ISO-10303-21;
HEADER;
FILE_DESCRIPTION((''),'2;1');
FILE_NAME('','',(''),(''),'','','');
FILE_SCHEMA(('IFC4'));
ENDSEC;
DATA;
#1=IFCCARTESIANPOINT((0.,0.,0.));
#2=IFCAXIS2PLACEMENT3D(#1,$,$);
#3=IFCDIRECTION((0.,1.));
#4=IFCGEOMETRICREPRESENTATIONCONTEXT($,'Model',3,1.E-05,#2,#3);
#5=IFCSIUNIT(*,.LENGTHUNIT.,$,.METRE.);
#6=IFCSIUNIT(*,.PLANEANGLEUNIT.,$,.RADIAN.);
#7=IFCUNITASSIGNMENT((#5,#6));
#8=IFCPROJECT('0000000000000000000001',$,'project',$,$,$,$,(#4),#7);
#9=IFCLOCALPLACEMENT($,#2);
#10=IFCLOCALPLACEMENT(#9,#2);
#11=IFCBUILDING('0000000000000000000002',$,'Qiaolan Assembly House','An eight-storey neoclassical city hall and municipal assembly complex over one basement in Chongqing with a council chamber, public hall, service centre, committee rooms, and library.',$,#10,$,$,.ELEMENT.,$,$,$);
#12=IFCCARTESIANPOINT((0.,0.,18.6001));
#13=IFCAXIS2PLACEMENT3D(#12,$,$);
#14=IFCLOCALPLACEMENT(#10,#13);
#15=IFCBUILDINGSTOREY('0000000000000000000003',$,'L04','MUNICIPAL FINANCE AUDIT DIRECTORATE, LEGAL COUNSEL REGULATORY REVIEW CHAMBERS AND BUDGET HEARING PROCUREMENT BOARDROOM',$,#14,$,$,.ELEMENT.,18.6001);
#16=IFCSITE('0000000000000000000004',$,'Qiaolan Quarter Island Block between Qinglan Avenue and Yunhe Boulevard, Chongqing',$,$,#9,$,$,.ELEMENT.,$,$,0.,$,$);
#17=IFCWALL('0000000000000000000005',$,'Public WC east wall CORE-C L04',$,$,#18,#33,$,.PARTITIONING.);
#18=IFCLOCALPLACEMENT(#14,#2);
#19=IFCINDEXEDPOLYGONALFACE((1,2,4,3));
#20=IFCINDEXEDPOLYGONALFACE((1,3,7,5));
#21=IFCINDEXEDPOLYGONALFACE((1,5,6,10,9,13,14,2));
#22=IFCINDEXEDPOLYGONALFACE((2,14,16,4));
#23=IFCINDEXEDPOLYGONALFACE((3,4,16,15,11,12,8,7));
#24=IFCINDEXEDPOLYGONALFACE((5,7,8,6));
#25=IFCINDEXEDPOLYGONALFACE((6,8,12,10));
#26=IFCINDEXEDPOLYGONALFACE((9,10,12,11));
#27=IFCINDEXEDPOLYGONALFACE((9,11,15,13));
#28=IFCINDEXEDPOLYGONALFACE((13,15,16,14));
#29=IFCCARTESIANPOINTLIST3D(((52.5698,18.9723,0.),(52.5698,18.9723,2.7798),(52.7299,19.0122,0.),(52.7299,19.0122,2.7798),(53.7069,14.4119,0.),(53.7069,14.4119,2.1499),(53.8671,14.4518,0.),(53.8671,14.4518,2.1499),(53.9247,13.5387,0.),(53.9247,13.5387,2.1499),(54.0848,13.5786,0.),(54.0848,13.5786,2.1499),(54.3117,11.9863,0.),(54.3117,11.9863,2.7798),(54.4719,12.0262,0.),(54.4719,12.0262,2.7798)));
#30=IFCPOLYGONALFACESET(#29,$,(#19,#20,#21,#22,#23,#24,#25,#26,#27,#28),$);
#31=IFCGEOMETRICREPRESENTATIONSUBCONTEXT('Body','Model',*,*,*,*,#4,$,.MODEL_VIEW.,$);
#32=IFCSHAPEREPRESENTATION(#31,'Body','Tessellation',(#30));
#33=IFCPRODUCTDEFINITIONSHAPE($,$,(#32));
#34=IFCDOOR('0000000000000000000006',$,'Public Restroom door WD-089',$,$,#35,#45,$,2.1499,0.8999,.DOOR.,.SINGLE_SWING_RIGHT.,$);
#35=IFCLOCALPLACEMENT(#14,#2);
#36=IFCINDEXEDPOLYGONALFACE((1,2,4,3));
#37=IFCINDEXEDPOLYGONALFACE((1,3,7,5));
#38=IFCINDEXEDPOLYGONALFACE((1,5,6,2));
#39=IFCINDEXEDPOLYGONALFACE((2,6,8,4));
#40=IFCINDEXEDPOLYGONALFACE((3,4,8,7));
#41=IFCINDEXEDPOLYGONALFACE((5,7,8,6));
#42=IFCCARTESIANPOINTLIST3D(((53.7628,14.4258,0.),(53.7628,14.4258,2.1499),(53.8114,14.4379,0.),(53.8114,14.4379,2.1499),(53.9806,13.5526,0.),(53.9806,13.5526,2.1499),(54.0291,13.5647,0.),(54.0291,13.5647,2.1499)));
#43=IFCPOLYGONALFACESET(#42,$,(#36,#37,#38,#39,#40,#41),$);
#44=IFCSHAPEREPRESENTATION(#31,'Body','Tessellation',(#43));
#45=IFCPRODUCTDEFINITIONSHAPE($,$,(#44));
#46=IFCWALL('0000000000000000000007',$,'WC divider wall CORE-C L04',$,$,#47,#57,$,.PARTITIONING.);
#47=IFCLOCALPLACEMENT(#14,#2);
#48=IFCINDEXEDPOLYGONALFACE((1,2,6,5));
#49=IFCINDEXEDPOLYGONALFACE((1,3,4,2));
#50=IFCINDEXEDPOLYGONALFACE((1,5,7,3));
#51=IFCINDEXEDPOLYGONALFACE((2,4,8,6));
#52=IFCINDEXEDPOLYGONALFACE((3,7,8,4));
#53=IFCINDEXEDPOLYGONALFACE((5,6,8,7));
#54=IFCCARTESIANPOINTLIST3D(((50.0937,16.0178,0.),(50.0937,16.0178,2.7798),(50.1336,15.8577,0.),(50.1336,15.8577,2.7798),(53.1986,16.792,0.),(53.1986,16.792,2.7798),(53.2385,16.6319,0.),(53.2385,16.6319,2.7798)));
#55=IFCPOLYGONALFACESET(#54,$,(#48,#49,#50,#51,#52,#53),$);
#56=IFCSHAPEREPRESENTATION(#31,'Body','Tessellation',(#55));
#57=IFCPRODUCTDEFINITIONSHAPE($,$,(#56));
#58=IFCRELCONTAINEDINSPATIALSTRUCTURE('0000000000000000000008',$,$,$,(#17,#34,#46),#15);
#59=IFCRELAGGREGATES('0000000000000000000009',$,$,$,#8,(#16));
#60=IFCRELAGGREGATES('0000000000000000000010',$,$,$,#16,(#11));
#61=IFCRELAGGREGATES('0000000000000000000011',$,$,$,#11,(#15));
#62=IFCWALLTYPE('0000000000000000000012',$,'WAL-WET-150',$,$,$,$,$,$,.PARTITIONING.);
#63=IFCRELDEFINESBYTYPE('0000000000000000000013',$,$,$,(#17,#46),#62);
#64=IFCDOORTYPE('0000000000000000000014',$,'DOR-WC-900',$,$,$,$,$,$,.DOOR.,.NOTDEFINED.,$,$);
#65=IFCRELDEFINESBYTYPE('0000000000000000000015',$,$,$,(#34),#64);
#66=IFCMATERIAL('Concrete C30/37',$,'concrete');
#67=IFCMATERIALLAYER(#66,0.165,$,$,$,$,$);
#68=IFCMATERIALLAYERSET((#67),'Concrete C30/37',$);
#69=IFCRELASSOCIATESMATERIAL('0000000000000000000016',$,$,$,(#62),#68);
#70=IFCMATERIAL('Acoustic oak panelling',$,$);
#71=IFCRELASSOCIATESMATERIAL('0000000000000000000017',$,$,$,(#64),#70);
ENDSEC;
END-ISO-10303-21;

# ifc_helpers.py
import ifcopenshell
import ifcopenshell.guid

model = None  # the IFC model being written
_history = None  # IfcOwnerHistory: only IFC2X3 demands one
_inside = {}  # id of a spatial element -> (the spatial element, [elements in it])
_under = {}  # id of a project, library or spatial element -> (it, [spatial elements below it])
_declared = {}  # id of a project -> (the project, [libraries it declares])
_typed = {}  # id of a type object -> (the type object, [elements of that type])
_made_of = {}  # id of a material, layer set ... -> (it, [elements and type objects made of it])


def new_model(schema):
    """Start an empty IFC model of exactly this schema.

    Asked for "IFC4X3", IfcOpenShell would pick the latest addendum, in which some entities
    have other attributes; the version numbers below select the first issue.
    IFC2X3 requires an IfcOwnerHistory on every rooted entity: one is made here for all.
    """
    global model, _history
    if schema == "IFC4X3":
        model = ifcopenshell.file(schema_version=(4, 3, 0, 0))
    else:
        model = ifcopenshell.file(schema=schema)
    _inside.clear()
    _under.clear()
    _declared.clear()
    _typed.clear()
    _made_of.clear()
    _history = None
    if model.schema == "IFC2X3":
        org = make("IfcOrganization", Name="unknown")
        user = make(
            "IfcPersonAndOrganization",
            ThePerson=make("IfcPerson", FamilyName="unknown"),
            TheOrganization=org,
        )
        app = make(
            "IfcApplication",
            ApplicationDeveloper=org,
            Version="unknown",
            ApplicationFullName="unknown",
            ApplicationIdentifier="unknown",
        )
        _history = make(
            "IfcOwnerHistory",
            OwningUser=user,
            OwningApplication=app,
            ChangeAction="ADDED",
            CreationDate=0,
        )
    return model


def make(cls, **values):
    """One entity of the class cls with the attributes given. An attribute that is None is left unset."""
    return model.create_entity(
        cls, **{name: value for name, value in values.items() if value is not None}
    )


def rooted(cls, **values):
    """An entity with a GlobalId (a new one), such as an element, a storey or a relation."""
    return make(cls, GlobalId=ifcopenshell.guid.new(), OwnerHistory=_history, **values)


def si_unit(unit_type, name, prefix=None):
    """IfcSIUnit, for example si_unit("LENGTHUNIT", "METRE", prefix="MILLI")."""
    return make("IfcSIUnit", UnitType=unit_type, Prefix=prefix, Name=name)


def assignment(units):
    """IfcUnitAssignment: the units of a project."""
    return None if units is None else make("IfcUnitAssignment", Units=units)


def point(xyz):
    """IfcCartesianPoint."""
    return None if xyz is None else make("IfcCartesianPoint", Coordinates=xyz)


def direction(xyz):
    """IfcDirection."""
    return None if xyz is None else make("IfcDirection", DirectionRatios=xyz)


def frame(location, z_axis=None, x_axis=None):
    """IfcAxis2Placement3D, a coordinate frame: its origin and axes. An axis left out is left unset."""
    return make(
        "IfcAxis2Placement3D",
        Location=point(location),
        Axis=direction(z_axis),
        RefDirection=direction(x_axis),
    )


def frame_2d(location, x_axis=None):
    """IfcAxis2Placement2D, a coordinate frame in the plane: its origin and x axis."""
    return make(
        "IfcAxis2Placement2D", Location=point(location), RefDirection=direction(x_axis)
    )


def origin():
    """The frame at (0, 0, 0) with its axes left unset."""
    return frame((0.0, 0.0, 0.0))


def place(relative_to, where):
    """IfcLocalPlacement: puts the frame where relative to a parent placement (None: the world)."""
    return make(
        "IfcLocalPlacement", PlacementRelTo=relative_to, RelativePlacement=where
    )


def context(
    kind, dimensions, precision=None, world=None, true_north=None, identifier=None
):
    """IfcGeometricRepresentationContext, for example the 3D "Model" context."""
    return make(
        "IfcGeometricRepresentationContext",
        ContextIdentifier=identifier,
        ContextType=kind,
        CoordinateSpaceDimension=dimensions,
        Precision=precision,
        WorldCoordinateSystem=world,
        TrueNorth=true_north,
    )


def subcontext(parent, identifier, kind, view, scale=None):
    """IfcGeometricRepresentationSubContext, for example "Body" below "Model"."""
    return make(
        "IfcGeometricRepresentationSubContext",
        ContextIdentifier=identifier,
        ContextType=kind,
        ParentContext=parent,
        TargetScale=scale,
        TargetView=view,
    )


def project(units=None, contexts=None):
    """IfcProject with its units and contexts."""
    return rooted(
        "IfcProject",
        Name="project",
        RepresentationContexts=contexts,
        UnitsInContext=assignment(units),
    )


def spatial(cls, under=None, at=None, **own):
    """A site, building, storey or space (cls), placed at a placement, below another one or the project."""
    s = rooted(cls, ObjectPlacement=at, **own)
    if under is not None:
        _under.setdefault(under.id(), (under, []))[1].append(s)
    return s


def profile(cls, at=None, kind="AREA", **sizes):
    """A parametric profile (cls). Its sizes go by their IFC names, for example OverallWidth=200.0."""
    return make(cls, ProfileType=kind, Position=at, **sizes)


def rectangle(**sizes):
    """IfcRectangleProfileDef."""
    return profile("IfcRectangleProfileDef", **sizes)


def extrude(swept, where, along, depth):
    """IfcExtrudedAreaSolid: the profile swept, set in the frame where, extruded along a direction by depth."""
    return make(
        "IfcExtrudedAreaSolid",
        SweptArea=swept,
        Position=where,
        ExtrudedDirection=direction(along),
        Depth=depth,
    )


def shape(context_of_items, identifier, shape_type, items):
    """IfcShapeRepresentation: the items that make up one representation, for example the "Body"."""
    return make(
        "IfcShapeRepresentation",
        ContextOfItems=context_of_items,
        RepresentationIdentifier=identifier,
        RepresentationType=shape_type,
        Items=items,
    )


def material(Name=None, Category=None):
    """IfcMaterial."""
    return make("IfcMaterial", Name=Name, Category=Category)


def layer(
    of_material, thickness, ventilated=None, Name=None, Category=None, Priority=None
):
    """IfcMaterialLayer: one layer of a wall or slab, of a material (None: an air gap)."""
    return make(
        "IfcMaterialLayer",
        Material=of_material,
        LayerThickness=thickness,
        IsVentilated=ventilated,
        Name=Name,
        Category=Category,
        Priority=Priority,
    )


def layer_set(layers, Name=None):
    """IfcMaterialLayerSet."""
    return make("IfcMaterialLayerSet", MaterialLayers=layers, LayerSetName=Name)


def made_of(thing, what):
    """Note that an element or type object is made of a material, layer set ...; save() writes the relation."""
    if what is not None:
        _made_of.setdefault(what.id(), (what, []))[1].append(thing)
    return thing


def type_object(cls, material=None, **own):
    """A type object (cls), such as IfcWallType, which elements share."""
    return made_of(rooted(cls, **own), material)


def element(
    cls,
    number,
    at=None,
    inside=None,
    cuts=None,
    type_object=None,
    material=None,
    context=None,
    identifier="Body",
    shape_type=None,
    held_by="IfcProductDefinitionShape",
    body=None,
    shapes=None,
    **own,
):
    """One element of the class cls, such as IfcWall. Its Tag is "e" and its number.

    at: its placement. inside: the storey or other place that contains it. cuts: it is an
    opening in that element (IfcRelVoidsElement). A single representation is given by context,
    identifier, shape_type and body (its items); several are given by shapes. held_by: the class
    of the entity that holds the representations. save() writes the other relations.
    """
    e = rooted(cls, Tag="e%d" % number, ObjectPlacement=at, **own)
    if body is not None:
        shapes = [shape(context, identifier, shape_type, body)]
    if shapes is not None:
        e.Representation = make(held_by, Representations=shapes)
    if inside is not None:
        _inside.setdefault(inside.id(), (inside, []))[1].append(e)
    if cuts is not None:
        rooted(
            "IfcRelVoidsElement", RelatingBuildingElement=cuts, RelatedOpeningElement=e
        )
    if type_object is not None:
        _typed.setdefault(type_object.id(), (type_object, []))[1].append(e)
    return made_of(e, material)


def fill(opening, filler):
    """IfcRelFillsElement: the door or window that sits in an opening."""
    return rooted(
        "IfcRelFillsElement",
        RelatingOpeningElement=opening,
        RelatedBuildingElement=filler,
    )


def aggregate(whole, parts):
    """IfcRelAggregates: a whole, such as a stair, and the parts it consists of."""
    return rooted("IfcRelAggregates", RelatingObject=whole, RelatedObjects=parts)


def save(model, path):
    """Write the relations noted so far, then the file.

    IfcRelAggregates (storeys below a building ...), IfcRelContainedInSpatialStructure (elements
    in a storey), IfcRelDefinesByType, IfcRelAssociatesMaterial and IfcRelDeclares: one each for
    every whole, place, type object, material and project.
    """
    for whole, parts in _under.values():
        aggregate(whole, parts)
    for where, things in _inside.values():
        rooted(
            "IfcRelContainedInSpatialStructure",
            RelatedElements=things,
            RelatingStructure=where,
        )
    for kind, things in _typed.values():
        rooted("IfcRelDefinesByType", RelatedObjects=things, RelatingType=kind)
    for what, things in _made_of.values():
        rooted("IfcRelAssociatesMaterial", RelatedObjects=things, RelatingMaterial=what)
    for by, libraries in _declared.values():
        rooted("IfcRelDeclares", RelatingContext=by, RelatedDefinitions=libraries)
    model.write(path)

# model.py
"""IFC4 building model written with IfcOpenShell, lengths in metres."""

from ifc_helpers import new_model, si_unit, direction, frame, frame_2d, origin, place, context, subcontext, project, spatial, rectangle, extrude, material, layer, layer_set, type_object, element, fill, save


model = new_model("IFC4")

# Units and contexts
model_context = context("Model", 3, precision=1e-05, world=origin(), true_north=direction((0.0, 1.0)))
body_context = subcontext(model_context, "Body", "Model", "MODEL_VIEW")
ifc_project = project(units=[si_unit("LENGTHUNIT", "METRE"), si_unit("PLANEANGLEUNIT", "RADIAN")], contexts=[model_context])

# Site, building, storey
site_placement = place(None, origin())
site = spatial("IfcSite", under=ifc_project, at=site_placement, Name="Qiaolan Quarter Island Block between Qinglan Avenue and Yunhe Boulevard, Chongqing", CompositionType="ELEMENT", RefElevation=0.0)
building_placement = place(site_placement, origin())
building = spatial("IfcBuilding", under=site, at=building_placement, Name="Qiaolan Assembly House", Description="An eight-storey neoclassical city hall and municipal assembly complex over one basement in Chongqing with a council chamber, public hall, service centre, committee rooms, and library.", CompositionType="ELEMENT")
storey_placement = place(building_placement, frame((0.0, 0.0, 18.6001)))
storey = spatial("IfcBuildingStorey", under=building, at=storey_placement, Name="L04", Description="MUNICIPAL FINANCE AUDIT DIRECTORATE, LEGAL COUNSEL REGULATORY REVIEW CHAMBERS AND BUDGET HEARING PROCUREMENT BOARDROOM", CompositionType="ELEMENT", Elevation=18.6001)

# Shared definitions
ifc_material_1 = material(Name="Acoustic oak panelling")

# Wall, opening, door
ifc_material_2 = material(Name="Concrete C30/37", Category="concrete")
ifc_layer_1 = layer(ifc_material_2, 0.165)
ifc_layer_set_1 = layer_set([ifc_layer_1], Name="Concrete C30/37")
wall_type_1 = type_object("IfcWallType", Name="WAL-WET-150", PredefinedType="PARTITIONING", material=ifc_layer_set_1)
wall_1_placement = place(storey_placement, frame((54.3918, 12.0061, 0.0), z_axis=(0.0, 0.0, 1.0), x_axis=(-0.241937, 0.970292, 0.0)))
wall_1 = element("IfcWall", 1, at=wall_1_placement, inside=storey, type_object=wall_type_1, Name="Public WC east wall CORE-C L04", PredefinedType="PARTITIONING", context=body_context, shape_type="SweptSolid", body=[
    extrude(rectangle(XDim=7.2, YDim=0.165, at=frame_2d((3.6001, 0.0))), origin(), (0.0, 0.0, 1.0), 2.7798),
])
opening_1_placement = place(wall_1_placement, frame((1.6001, 0.0, 0.0)))
opening_1 = element("IfcOpeningElement", 2, at=opening_1_placement, cuts=wall_1, PredefinedType="OPENING", context=body_context, shape_type="SweptSolid", body=[
    extrude(rectangle(XDim=0.8999, YDim=2.1499, at=frame_2d((0.45, 1.075))), frame((0.0, 0.0925, 0.0), z_axis=(0.0, -1.0, 0.0), x_axis=(1.0, 0.0, 0.0)), (0.0, 0.0, 1.0), 0.1851),
])
door_type_1 = type_object("IfcDoorType", Name="DOR-WC-900", OperationType="NOTDEFINED", PredefinedType="DOOR", material=ifc_material_1)
door_1_placement = place(opening_1_placement, origin())
door_1 = element("IfcDoor", 3, at=door_1_placement, inside=storey, type_object=door_type_1, Name="Public Restroom door WD-089", OperationType="SINGLE_SWING_RIGHT", OverallHeight=2.1499, OverallWidth=0.8999, PredefinedType="DOOR", context=body_context, shape_type="SweptSolid", body=[
    extrude(rectangle(XDim=0.8999, YDim=2.1499, at=frame_2d((0.45, 1.075))), frame((0.0, 0.0249, 0.0), z_axis=(0.0, -1.0, 0.0), x_axis=(1.0, 0.0, 0.0)), (0.0, 0.0, 1.0), 0.05),
])
fill(opening_1, door_1)

# Wall
wall_2_placement = place(storey_placement, frame((50.1135, 15.9377, 0.0), z_axis=(0.0, 0.0, 1.0), x_axis=(0.970295, 0.241925, 0.0)))
element("IfcWall", 4, at=wall_2_placement, inside=storey, type_object=wall_type_1, Name="WC divider wall CORE-C L04", PredefinedType="PARTITIONING", context=body_context, shape_type="SweptSolid", body=[
    extrude(rectangle(XDim=3.2, YDim=0.165, at=frame_2d((1.6001, 0.0))), origin(), (0.0, 0.0, 1.0), 2.7798),
])

save(model, "model.ifc")
